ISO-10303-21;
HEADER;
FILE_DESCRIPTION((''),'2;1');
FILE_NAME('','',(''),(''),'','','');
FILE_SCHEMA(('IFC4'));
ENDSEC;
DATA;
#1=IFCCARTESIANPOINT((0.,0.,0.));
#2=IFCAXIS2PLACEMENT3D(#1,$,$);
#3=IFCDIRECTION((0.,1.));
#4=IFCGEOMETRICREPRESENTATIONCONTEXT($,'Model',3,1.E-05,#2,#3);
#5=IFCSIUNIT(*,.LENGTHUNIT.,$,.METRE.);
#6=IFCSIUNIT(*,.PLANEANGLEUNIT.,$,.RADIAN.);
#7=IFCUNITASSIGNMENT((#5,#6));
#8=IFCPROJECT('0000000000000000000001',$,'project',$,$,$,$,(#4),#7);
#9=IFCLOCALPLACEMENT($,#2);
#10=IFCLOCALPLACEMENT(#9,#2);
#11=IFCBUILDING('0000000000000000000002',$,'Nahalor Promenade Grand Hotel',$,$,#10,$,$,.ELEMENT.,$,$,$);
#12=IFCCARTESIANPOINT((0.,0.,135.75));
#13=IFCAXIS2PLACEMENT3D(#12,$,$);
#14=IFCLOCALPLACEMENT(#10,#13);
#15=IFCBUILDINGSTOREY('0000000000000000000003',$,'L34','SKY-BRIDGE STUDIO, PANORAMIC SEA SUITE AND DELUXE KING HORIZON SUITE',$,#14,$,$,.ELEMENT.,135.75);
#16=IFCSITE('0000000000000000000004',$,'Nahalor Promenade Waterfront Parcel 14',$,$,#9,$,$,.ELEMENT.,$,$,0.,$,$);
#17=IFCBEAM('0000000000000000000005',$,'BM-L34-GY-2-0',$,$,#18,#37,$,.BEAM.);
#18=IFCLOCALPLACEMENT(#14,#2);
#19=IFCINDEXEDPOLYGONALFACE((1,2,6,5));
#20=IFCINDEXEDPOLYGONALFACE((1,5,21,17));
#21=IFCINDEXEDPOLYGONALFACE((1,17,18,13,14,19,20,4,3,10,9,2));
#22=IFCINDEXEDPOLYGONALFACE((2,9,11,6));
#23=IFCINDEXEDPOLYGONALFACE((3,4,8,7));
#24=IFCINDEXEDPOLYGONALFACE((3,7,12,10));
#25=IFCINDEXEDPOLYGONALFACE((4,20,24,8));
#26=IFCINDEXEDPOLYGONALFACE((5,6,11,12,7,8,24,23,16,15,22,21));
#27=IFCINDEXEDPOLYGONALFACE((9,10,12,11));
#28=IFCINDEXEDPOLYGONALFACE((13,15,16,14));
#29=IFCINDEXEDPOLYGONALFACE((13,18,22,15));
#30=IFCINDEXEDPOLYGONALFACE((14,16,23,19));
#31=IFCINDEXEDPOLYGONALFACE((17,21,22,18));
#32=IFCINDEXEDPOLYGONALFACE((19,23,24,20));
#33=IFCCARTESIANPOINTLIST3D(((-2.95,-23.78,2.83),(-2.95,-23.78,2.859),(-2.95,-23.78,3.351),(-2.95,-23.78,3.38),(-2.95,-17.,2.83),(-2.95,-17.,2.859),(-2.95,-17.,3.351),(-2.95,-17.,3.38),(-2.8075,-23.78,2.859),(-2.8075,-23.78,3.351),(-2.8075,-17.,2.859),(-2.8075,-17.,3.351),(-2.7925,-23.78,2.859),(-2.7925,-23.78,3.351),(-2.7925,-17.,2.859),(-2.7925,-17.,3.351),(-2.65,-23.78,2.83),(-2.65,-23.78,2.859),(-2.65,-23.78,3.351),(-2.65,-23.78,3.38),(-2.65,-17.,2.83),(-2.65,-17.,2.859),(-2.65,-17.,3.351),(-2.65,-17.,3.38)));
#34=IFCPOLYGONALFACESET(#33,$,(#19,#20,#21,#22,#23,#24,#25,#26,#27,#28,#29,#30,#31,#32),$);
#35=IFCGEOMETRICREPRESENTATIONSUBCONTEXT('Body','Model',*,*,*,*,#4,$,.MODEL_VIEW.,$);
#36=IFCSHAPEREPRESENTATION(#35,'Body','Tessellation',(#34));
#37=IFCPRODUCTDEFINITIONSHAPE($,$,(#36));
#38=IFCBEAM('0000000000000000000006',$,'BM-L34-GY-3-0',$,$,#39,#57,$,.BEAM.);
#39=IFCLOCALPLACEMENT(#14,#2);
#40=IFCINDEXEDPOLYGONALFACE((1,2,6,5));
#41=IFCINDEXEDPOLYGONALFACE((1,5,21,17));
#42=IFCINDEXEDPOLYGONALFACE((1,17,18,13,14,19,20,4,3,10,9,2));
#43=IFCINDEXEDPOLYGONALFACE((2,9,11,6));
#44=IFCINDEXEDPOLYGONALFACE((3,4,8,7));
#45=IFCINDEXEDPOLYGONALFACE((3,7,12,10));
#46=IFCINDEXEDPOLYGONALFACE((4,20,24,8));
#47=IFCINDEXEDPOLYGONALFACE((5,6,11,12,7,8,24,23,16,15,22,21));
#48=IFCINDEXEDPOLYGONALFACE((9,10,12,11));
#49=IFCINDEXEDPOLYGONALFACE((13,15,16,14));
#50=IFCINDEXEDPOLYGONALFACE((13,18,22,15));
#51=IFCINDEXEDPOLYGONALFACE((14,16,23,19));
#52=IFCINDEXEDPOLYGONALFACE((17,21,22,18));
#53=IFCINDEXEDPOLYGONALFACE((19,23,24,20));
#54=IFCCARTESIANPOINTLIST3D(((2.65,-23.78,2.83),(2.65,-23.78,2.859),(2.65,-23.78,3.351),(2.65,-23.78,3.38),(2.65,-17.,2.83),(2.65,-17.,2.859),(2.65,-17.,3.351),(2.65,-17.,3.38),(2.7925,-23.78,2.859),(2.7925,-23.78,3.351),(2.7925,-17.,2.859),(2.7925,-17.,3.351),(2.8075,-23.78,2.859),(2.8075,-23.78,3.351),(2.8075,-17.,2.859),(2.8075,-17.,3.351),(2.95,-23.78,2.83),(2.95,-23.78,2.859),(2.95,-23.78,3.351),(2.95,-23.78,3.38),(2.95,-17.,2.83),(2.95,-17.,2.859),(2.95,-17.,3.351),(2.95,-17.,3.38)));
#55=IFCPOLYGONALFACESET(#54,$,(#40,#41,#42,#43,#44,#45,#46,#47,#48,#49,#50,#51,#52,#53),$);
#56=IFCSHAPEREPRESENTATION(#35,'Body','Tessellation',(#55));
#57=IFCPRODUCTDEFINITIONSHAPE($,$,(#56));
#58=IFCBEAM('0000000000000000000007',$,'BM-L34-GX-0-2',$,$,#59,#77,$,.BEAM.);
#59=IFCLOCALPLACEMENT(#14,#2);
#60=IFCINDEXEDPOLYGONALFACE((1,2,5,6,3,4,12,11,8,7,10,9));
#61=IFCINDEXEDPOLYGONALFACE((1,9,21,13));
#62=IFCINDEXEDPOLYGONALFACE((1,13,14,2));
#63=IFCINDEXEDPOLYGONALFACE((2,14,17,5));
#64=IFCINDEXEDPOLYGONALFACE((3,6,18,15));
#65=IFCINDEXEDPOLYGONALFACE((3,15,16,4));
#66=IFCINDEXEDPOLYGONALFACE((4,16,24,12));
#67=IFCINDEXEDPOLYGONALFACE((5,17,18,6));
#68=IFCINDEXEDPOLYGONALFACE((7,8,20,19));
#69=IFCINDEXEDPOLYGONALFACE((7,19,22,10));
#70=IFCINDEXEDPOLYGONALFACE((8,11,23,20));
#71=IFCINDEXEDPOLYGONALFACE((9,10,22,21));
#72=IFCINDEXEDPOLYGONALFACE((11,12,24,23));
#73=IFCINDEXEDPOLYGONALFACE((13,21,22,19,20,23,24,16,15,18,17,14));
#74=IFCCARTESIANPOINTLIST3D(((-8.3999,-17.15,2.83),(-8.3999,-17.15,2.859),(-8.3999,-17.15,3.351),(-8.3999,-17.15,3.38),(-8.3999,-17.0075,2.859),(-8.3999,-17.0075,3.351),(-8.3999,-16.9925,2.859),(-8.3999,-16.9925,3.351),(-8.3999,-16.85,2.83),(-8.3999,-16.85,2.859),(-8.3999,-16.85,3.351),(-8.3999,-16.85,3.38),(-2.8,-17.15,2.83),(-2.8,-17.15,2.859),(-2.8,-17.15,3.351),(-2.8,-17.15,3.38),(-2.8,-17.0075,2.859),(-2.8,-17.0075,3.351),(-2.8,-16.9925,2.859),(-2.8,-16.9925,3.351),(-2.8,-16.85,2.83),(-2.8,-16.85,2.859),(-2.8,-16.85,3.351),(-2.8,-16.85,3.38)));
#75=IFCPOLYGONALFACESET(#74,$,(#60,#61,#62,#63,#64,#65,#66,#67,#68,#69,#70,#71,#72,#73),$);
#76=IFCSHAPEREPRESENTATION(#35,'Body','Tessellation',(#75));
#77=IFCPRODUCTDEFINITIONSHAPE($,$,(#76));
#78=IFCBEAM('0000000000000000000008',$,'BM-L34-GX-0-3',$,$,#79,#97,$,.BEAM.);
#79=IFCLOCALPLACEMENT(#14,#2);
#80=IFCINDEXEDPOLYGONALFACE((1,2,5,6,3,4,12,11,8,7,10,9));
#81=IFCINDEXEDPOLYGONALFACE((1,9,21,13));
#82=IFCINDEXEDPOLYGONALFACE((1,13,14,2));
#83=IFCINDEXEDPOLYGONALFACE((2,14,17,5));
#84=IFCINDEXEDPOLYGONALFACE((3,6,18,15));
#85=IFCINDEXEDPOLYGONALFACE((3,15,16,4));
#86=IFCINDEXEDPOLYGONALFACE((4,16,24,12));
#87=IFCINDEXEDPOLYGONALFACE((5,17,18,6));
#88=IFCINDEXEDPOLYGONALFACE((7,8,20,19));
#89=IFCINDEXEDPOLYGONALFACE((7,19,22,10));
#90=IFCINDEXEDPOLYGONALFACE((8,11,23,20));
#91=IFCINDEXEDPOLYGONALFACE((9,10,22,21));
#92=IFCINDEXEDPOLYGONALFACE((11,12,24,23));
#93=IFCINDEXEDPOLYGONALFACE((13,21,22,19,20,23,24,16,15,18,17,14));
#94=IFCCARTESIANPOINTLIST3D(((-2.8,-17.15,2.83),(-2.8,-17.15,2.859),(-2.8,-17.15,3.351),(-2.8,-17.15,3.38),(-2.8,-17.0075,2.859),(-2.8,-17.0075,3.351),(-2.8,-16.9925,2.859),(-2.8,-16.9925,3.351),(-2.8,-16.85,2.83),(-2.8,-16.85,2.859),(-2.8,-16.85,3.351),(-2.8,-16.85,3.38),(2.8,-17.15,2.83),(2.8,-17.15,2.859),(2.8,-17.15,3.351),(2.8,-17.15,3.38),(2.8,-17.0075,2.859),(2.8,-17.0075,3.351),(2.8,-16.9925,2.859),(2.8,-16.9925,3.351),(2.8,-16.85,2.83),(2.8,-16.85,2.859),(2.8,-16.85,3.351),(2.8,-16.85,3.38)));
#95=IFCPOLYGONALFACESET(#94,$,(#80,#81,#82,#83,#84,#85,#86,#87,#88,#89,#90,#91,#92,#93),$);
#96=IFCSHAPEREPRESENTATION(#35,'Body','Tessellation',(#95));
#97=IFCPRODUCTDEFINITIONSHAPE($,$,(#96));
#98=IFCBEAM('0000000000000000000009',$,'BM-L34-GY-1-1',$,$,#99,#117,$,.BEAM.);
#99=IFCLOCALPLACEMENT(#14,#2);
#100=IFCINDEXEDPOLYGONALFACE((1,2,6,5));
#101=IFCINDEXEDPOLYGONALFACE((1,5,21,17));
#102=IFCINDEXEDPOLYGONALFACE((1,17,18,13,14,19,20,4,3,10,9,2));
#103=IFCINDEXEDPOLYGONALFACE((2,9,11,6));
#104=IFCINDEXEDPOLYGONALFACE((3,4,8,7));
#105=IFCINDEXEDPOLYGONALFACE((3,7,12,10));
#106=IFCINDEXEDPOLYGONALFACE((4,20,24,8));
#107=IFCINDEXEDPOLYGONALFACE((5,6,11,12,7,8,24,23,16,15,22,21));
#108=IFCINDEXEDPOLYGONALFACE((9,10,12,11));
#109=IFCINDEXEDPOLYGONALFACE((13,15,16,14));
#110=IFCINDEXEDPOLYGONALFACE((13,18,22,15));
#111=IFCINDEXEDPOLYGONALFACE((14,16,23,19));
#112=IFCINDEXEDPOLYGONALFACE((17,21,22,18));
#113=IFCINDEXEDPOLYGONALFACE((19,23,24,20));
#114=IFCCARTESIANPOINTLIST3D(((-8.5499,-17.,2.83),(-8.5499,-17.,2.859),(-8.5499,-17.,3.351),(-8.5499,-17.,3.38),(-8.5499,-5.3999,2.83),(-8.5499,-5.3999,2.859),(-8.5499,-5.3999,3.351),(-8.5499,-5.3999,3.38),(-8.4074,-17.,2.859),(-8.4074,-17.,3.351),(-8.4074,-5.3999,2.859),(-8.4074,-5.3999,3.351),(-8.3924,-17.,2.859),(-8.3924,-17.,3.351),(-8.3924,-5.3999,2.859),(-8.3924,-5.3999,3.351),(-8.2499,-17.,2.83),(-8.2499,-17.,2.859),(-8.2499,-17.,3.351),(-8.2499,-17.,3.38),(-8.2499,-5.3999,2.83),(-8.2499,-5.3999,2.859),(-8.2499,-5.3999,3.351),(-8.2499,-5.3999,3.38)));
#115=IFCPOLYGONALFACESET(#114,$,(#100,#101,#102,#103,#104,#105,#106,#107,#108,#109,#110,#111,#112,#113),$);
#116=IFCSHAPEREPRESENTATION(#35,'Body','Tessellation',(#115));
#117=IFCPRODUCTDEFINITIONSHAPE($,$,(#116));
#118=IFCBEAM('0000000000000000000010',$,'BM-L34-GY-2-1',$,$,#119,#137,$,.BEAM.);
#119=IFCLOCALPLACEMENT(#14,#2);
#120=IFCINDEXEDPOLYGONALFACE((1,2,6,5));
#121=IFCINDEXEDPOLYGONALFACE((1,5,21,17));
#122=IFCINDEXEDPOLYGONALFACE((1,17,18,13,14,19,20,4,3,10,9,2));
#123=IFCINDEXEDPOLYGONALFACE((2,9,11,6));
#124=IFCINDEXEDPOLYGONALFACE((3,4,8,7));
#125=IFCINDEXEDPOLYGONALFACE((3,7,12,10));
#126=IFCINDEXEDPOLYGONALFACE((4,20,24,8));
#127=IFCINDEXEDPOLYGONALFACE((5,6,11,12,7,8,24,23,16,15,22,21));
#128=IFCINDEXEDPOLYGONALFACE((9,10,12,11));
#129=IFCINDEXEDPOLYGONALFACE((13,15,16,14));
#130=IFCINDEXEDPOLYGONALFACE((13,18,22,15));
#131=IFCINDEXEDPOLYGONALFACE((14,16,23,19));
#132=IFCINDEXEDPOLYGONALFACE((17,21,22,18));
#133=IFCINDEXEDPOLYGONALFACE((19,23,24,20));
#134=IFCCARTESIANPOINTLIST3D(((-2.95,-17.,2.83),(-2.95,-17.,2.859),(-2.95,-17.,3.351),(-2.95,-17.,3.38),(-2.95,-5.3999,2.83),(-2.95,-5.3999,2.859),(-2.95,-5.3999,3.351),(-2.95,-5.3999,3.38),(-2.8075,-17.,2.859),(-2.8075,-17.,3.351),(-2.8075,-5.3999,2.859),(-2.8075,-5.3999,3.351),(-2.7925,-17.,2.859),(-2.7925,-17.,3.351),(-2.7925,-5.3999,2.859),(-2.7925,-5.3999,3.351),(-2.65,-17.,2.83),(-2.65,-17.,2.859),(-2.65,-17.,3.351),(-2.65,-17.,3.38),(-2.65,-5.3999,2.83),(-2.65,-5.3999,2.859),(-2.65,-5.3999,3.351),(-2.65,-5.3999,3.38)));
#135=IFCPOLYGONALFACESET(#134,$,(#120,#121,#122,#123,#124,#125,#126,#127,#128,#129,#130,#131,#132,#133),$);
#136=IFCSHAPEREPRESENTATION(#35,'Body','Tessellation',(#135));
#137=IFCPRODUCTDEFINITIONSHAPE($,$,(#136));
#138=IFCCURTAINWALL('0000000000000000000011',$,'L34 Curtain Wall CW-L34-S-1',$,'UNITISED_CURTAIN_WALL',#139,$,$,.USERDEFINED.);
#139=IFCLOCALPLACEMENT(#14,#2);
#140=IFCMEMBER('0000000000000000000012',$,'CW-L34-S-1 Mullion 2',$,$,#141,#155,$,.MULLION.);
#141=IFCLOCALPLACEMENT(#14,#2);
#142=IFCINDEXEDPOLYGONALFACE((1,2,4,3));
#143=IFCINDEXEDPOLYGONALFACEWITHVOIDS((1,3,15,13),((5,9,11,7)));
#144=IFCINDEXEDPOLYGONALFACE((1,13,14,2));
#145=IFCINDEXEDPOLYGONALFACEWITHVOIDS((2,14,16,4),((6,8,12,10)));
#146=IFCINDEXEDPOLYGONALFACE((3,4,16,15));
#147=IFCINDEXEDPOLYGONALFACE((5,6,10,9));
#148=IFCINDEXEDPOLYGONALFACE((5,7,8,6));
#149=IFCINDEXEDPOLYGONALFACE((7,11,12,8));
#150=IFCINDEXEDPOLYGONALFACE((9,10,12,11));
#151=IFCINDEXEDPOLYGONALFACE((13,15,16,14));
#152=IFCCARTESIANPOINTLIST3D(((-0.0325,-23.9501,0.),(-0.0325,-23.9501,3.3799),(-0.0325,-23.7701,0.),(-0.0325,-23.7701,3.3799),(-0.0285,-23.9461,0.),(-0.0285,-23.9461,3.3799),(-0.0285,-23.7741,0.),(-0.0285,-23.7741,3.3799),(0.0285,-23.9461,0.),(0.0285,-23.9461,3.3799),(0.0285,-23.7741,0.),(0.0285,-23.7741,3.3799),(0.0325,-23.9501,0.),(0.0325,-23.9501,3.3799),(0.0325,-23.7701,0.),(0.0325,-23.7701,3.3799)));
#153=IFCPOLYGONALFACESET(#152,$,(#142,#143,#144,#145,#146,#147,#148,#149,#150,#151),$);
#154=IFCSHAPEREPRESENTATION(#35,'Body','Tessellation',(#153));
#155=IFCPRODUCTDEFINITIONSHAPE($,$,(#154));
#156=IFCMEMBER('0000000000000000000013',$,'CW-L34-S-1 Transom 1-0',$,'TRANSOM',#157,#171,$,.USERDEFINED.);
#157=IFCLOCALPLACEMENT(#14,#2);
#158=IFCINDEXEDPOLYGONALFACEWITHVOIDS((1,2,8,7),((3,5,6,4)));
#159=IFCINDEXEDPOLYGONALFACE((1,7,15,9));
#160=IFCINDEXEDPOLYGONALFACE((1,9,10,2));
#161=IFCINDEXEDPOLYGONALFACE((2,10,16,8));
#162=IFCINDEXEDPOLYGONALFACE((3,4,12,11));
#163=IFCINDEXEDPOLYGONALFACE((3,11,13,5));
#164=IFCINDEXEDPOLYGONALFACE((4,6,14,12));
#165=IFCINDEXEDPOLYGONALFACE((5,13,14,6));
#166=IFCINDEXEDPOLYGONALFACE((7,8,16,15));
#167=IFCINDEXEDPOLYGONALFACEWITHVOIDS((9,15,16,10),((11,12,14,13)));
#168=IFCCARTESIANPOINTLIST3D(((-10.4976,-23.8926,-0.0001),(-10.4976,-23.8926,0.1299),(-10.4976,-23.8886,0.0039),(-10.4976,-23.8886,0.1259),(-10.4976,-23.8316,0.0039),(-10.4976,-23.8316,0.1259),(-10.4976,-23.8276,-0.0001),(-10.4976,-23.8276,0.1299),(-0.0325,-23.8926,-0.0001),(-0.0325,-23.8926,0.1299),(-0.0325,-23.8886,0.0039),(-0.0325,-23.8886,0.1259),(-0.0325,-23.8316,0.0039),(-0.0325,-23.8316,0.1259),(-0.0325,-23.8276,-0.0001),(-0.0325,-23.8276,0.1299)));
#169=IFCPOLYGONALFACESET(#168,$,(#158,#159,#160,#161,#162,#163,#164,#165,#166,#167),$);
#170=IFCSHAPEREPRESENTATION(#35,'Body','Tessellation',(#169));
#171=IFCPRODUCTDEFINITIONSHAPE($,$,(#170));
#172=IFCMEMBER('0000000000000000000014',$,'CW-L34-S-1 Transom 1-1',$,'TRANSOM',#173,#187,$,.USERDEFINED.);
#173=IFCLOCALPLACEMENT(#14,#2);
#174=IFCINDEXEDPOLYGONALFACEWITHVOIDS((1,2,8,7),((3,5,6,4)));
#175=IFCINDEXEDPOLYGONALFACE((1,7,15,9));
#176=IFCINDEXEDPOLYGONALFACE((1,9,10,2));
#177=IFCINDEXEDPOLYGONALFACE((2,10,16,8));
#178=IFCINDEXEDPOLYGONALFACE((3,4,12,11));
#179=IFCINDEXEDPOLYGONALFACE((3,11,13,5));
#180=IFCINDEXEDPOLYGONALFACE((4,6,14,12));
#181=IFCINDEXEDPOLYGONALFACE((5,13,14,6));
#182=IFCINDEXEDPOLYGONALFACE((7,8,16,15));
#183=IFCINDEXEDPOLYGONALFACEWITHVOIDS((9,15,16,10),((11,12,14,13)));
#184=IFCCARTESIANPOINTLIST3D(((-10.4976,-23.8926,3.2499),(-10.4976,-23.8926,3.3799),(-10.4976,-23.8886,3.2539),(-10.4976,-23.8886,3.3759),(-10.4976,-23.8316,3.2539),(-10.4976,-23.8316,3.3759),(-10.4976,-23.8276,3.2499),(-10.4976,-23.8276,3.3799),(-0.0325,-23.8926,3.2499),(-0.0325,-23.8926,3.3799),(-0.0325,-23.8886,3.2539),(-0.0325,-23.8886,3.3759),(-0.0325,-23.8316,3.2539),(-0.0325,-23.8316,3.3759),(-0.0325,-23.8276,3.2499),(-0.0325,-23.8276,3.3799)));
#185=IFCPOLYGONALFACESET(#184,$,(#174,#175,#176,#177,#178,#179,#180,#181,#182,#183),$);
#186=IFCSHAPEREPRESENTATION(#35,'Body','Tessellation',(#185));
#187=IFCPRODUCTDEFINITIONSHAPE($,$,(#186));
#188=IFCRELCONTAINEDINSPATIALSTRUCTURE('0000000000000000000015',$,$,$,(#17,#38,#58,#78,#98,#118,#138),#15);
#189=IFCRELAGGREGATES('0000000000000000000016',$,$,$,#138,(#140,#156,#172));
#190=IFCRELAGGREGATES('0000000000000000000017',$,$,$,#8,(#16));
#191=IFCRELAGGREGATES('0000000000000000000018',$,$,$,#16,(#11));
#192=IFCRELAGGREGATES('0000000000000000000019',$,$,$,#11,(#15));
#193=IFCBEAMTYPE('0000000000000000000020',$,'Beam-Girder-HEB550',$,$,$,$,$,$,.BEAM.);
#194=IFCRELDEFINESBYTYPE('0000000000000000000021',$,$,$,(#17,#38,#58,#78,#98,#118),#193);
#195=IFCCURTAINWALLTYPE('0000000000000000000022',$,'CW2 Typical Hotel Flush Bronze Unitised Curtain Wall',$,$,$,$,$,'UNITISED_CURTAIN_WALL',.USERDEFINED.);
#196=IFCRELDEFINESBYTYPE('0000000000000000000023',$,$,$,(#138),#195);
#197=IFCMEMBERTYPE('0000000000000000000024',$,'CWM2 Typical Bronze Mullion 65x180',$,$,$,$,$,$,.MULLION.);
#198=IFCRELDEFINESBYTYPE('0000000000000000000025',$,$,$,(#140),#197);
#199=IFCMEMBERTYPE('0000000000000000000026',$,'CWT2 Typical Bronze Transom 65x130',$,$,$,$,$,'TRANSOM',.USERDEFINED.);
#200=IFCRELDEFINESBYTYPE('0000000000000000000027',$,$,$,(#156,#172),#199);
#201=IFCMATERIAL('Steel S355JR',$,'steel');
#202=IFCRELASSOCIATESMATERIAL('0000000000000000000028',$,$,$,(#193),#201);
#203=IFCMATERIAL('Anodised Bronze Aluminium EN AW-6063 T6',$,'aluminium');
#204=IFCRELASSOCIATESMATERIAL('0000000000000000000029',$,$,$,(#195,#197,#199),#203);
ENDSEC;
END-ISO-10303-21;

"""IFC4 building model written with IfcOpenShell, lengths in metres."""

from ifc_helpers import new_model, si_unit, direction, frame, origin, origin_2d, place, context, subcontext, project, spatial, hollow_rectangle, i_section, extrude, source, transform, mapped, material, material_profile, profile_set, type_object, element, aggregate, save


model = new_model("IFC4")

# Units and contexts
model_context = context("Model", 3, precision=1e-05, world=origin(), true_north=direction((0.0, 1.0)))
body_context = subcontext(model_context, "Body", "Model", "MODEL_VIEW")
ifc_project = project(units=[si_unit("LENGTHUNIT", "METRE"), si_unit("PLANEANGLEUNIT", "RADIAN")], contexts=[model_context])

# Site, building, storey
site_placement = place(None, origin())
site = spatial("IfcSite", under=ifc_project, at=site_placement, Name="Nahalor Promenade Waterfront Parcel 14", CompositionType="ELEMENT", RefElevation=0.0)
building_placement = place(site_placement, origin())
building = spatial("IfcBuilding", under=site, at=building_placement, Name="Nahalor Promenade Grand Hotel", CompositionType="ELEMENT")
storey_placement = place(building_placement, frame((0.0, 0.0, 135.75)))
storey = spatial("IfcBuildingStorey", under=building, at=storey_placement, Name="L34", Description="SKY-BRIDGE STUDIO, PANORAMIC SEA SUITE AND DELUXE KING HORIZON SUITE", CompositionType="ELEMENT", Elevation=135.75)

# Beams
ifc_material_1 = material(Name="Steel S355JR", Category="steel")
ifc_material_profile_1 = material_profile(ifc_material_1, i_section(OverallWidth=0.3, OverallDepth=0.55, WebThickness=0.015, FlangeThickness=0.029, at=origin_2d()), Name="HEB 550")
ifc_profile_set_1 = profile_set([ifc_material_profile_1], Name="Steel S355JR")
beam_type_1 = type_object("IfcBeamType", Name="Beam-Girder-HEB550", PredefinedType="BEAM", material=ifc_profile_set_1)
shared_shape_1 = source(origin(), body_context, "Body", "SweptSolid", [
    extrude(i_section(OverallWidth=0.3, OverallDepth=0.55, WebThickness=0.015, FlangeThickness=0.029, at=origin_2d()), origin(), (0.0, 0.0, 1.0), 6.78),
])
for number, where, z_axis, x_axis, name in (
    (1, (-2.8, -23.78, 3.105), (0.0, 1.0, 0.0), (-1.0, 0.0, 0.0), "BM-L34-GY-2-0"),
    (2, (2.8, -23.78, 3.105), (0.0, 1.0, 0.0), (-1.0, 0.0, 0.0), "BM-L34-GY-3-0"),
):
    element("IfcBeam", number, at=place(storey_placement, frame(where, z_axis=z_axis, x_axis=x_axis)), inside=storey, type_object=beam_type_1, Name=name, PredefinedType="BEAM", context=body_context, shape_type="MappedRepresentation", body=[
        mapped(shared_shape_1, transform((0.0, 0.0, 0.0), scale=1.0)),
    ])
shared_shape_2 = source(origin(), body_context, "Body", "SweptSolid", [
    extrude(i_section(OverallWidth=0.3, OverallDepth=0.55, WebThickness=0.015, FlangeThickness=0.029, at=origin_2d()), origin(), (0.0, 0.0, 1.0), 5.5999),
])
beam_1_placement = place(storey_placement, frame((-8.3999, -17.0, 3.105), z_axis=(1.0, 0.0, 0.0), x_axis=(0.0, 1.0, 0.0)))
element("IfcBeam", 3, at=beam_1_placement, inside=storey, type_object=beam_type_1, Name="BM-L34-GX-0-2", PredefinedType="BEAM", context=body_context, shape_type="MappedRepresentation", body=[
    mapped(shared_shape_2, transform((0.0, 0.0, 0.0), scale=1.0)),
])
shared_shape_3 = source(origin(), body_context, "Body", "SweptSolid", [
    extrude(i_section(OverallWidth=0.3, OverallDepth=0.55, WebThickness=0.015, FlangeThickness=0.029, at=origin_2d()), origin(), (0.0, 0.0, 1.0), 5.6001),
])
beam_2_placement = place(storey_placement, frame((-2.8, -17.0, 3.105), z_axis=(1.0, 0.0, 0.0), x_axis=(0.0, 1.0, 0.0)))
element("IfcBeam", 4, at=beam_2_placement, inside=storey, type_object=beam_type_1, Name="BM-L34-GX-0-3", PredefinedType="BEAM", context=body_context, shape_type="MappedRepresentation", body=[
    mapped(shared_shape_3, transform((0.0, 0.0, 0.0), scale=1.0)),
])
shared_shape_4 = source(origin(), body_context, "Body", "SweptSolid", [
    extrude(i_section(OverallWidth=0.3, OverallDepth=0.55, WebThickness=0.015, FlangeThickness=0.029, at=origin_2d()), origin(), (0.0, 0.0, 1.0), 11.6001),
])
for number, where, z_axis, x_axis, name in (
    (5, (-8.3999, -17.0, 3.105), (0.0, 1.0, 0.0), (-1.0, 0.0, 0.0), "BM-L34-GY-1-1"),
    (6, (-2.8, -17.0, 3.105), (0.0, 1.0, 0.0), (-1.0, 0.0, 0.0), "BM-L34-GY-2-1"),
):
    element("IfcBeam", number, at=place(storey_placement, frame(where, z_axis=z_axis, x_axis=x_axis)), inside=storey, type_object=beam_type_1, Name=name, PredefinedType="BEAM", context=body_context, shape_type="MappedRepresentation", body=[
        mapped(shared_shape_4, transform((0.0, 0.0, 0.0), scale=1.0)),
    ])

# Curtain wall, members
ifc_material_2 = material(Name="Anodised Bronze Aluminium EN AW-6063 T6", Category="aluminium")
curtain_wall_type = type_object("IfcCurtainWallType", Name="CW2 Typical Hotel Flush Bronze Unitised Curtain Wall", ElementType="UNITISED_CURTAIN_WALL", PredefinedType="USERDEFINED", material=ifc_material_2)
curtain_wall_placement = place(storey_placement, origin())
curtain_wall = element("IfcCurtainWall", 7, at=curtain_wall_placement, inside=storey, type_object=curtain_wall_type, Name="L34 Curtain Wall CW-L34-S-1", ObjectType="UNITISED_CURTAIN_WALL", PredefinedType="USERDEFINED")
ifc_material_profile_2 = material_profile(ifc_material_2, hollow_rectangle(XDim=0.065, YDim=0.18, WallThickness=0.004, at=origin_2d()), Name="CWM 65x180x4")
ifc_profile_set_2 = profile_set([ifc_material_profile_2], Name="Anodised Bronze Aluminium EN AW-6063 T6")
member_type_1 = type_object("IfcMemberType", Name="CWM2 Typical Bronze Mullion 65x180", PredefinedType="MULLION", material=ifc_profile_set_2)
shared_shape_5 = source(origin(), body_context, "Body", "SweptSolid", [
    extrude(hollow_rectangle(XDim=0.065, YDim=0.18, WallThickness=0.004, at=origin_2d()), origin(), (0.0, 0.0, 1.0), 3.3799),
])
member_1_placement = place(storey_placement, frame((0.0, -23.8601, 0.0), z_axis=(0.0, 0.0, 1.0), x_axis=(1.0, 0.0, 0.0)))
member_1 = element("IfcMember", 8, at=member_1_placement, type_object=member_type_1, Name="CW-L34-S-1 Mullion 2", PredefinedType="MULLION", context=body_context, shape_type="MappedRepresentation", body=[
    mapped(shared_shape_5, transform((0.0, 0.0, 0.0), scale=1.0)),
])
ifc_material_profile_3 = material_profile(ifc_material_2, hollow_rectangle(XDim=0.065, YDim=0.13, WallThickness=0.004, at=origin_2d()), Name="CWT 65x130x4")
ifc_profile_set_3 = profile_set([ifc_material_profile_3], Name="Anodised Bronze Aluminium EN AW-6063 T6")
member_type_2 = type_object("IfcMemberType", Name="CWT2 Typical Bronze Transom 65x130", ElementType="TRANSOM", PredefinedType="USERDEFINED", material=ifc_profile_set_3)
shared_shape_6 = source(origin(), body_context, "Body", "SweptSolid", [
    extrude(hollow_rectangle(XDim=0.065, YDim=0.13, WallThickness=0.004, at=origin_2d()), origin(), (0.0, 0.0, 1.0), 10.4651),
])
member_2_placement = place(storey_placement, frame((-10.4976, -23.8601, 0.0649), z_axis=(1.0, 0.0, 0.0), x_axis=(0.0, 1.0, 0.0)))
member_2 = element("IfcMember", 9, at=member_2_placement, type_object=member_type_2, Name="CW-L34-S-1 Transom 1-0", ObjectType="TRANSOM", PredefinedType="USERDEFINED", context=body_context, shape_type="MappedRepresentation", body=[
    mapped(shared_shape_6, transform((0.0, 0.0, 0.0), scale=1.0)),
])
member_3_placement = place(storey_placement, frame((-10.4976, -23.8601, 3.3149), z_axis=(1.0, 0.0, 0.0), x_axis=(0.0, 1.0, 0.0)))
member_3 = element("IfcMember", 10, at=member_3_placement, type_object=member_type_2, Name="CW-L34-S-1 Transom 1-1", ObjectType="TRANSOM", PredefinedType="USERDEFINED", context=body_context, shape_type="MappedRepresentation", body=[
    mapped(shared_shape_6, transform((0.0, 0.0, 0.0), scale=1.0)),
])
aggregate(curtain_wall, [member_1, member_2, member_3])

save(model, "model.ifc")
